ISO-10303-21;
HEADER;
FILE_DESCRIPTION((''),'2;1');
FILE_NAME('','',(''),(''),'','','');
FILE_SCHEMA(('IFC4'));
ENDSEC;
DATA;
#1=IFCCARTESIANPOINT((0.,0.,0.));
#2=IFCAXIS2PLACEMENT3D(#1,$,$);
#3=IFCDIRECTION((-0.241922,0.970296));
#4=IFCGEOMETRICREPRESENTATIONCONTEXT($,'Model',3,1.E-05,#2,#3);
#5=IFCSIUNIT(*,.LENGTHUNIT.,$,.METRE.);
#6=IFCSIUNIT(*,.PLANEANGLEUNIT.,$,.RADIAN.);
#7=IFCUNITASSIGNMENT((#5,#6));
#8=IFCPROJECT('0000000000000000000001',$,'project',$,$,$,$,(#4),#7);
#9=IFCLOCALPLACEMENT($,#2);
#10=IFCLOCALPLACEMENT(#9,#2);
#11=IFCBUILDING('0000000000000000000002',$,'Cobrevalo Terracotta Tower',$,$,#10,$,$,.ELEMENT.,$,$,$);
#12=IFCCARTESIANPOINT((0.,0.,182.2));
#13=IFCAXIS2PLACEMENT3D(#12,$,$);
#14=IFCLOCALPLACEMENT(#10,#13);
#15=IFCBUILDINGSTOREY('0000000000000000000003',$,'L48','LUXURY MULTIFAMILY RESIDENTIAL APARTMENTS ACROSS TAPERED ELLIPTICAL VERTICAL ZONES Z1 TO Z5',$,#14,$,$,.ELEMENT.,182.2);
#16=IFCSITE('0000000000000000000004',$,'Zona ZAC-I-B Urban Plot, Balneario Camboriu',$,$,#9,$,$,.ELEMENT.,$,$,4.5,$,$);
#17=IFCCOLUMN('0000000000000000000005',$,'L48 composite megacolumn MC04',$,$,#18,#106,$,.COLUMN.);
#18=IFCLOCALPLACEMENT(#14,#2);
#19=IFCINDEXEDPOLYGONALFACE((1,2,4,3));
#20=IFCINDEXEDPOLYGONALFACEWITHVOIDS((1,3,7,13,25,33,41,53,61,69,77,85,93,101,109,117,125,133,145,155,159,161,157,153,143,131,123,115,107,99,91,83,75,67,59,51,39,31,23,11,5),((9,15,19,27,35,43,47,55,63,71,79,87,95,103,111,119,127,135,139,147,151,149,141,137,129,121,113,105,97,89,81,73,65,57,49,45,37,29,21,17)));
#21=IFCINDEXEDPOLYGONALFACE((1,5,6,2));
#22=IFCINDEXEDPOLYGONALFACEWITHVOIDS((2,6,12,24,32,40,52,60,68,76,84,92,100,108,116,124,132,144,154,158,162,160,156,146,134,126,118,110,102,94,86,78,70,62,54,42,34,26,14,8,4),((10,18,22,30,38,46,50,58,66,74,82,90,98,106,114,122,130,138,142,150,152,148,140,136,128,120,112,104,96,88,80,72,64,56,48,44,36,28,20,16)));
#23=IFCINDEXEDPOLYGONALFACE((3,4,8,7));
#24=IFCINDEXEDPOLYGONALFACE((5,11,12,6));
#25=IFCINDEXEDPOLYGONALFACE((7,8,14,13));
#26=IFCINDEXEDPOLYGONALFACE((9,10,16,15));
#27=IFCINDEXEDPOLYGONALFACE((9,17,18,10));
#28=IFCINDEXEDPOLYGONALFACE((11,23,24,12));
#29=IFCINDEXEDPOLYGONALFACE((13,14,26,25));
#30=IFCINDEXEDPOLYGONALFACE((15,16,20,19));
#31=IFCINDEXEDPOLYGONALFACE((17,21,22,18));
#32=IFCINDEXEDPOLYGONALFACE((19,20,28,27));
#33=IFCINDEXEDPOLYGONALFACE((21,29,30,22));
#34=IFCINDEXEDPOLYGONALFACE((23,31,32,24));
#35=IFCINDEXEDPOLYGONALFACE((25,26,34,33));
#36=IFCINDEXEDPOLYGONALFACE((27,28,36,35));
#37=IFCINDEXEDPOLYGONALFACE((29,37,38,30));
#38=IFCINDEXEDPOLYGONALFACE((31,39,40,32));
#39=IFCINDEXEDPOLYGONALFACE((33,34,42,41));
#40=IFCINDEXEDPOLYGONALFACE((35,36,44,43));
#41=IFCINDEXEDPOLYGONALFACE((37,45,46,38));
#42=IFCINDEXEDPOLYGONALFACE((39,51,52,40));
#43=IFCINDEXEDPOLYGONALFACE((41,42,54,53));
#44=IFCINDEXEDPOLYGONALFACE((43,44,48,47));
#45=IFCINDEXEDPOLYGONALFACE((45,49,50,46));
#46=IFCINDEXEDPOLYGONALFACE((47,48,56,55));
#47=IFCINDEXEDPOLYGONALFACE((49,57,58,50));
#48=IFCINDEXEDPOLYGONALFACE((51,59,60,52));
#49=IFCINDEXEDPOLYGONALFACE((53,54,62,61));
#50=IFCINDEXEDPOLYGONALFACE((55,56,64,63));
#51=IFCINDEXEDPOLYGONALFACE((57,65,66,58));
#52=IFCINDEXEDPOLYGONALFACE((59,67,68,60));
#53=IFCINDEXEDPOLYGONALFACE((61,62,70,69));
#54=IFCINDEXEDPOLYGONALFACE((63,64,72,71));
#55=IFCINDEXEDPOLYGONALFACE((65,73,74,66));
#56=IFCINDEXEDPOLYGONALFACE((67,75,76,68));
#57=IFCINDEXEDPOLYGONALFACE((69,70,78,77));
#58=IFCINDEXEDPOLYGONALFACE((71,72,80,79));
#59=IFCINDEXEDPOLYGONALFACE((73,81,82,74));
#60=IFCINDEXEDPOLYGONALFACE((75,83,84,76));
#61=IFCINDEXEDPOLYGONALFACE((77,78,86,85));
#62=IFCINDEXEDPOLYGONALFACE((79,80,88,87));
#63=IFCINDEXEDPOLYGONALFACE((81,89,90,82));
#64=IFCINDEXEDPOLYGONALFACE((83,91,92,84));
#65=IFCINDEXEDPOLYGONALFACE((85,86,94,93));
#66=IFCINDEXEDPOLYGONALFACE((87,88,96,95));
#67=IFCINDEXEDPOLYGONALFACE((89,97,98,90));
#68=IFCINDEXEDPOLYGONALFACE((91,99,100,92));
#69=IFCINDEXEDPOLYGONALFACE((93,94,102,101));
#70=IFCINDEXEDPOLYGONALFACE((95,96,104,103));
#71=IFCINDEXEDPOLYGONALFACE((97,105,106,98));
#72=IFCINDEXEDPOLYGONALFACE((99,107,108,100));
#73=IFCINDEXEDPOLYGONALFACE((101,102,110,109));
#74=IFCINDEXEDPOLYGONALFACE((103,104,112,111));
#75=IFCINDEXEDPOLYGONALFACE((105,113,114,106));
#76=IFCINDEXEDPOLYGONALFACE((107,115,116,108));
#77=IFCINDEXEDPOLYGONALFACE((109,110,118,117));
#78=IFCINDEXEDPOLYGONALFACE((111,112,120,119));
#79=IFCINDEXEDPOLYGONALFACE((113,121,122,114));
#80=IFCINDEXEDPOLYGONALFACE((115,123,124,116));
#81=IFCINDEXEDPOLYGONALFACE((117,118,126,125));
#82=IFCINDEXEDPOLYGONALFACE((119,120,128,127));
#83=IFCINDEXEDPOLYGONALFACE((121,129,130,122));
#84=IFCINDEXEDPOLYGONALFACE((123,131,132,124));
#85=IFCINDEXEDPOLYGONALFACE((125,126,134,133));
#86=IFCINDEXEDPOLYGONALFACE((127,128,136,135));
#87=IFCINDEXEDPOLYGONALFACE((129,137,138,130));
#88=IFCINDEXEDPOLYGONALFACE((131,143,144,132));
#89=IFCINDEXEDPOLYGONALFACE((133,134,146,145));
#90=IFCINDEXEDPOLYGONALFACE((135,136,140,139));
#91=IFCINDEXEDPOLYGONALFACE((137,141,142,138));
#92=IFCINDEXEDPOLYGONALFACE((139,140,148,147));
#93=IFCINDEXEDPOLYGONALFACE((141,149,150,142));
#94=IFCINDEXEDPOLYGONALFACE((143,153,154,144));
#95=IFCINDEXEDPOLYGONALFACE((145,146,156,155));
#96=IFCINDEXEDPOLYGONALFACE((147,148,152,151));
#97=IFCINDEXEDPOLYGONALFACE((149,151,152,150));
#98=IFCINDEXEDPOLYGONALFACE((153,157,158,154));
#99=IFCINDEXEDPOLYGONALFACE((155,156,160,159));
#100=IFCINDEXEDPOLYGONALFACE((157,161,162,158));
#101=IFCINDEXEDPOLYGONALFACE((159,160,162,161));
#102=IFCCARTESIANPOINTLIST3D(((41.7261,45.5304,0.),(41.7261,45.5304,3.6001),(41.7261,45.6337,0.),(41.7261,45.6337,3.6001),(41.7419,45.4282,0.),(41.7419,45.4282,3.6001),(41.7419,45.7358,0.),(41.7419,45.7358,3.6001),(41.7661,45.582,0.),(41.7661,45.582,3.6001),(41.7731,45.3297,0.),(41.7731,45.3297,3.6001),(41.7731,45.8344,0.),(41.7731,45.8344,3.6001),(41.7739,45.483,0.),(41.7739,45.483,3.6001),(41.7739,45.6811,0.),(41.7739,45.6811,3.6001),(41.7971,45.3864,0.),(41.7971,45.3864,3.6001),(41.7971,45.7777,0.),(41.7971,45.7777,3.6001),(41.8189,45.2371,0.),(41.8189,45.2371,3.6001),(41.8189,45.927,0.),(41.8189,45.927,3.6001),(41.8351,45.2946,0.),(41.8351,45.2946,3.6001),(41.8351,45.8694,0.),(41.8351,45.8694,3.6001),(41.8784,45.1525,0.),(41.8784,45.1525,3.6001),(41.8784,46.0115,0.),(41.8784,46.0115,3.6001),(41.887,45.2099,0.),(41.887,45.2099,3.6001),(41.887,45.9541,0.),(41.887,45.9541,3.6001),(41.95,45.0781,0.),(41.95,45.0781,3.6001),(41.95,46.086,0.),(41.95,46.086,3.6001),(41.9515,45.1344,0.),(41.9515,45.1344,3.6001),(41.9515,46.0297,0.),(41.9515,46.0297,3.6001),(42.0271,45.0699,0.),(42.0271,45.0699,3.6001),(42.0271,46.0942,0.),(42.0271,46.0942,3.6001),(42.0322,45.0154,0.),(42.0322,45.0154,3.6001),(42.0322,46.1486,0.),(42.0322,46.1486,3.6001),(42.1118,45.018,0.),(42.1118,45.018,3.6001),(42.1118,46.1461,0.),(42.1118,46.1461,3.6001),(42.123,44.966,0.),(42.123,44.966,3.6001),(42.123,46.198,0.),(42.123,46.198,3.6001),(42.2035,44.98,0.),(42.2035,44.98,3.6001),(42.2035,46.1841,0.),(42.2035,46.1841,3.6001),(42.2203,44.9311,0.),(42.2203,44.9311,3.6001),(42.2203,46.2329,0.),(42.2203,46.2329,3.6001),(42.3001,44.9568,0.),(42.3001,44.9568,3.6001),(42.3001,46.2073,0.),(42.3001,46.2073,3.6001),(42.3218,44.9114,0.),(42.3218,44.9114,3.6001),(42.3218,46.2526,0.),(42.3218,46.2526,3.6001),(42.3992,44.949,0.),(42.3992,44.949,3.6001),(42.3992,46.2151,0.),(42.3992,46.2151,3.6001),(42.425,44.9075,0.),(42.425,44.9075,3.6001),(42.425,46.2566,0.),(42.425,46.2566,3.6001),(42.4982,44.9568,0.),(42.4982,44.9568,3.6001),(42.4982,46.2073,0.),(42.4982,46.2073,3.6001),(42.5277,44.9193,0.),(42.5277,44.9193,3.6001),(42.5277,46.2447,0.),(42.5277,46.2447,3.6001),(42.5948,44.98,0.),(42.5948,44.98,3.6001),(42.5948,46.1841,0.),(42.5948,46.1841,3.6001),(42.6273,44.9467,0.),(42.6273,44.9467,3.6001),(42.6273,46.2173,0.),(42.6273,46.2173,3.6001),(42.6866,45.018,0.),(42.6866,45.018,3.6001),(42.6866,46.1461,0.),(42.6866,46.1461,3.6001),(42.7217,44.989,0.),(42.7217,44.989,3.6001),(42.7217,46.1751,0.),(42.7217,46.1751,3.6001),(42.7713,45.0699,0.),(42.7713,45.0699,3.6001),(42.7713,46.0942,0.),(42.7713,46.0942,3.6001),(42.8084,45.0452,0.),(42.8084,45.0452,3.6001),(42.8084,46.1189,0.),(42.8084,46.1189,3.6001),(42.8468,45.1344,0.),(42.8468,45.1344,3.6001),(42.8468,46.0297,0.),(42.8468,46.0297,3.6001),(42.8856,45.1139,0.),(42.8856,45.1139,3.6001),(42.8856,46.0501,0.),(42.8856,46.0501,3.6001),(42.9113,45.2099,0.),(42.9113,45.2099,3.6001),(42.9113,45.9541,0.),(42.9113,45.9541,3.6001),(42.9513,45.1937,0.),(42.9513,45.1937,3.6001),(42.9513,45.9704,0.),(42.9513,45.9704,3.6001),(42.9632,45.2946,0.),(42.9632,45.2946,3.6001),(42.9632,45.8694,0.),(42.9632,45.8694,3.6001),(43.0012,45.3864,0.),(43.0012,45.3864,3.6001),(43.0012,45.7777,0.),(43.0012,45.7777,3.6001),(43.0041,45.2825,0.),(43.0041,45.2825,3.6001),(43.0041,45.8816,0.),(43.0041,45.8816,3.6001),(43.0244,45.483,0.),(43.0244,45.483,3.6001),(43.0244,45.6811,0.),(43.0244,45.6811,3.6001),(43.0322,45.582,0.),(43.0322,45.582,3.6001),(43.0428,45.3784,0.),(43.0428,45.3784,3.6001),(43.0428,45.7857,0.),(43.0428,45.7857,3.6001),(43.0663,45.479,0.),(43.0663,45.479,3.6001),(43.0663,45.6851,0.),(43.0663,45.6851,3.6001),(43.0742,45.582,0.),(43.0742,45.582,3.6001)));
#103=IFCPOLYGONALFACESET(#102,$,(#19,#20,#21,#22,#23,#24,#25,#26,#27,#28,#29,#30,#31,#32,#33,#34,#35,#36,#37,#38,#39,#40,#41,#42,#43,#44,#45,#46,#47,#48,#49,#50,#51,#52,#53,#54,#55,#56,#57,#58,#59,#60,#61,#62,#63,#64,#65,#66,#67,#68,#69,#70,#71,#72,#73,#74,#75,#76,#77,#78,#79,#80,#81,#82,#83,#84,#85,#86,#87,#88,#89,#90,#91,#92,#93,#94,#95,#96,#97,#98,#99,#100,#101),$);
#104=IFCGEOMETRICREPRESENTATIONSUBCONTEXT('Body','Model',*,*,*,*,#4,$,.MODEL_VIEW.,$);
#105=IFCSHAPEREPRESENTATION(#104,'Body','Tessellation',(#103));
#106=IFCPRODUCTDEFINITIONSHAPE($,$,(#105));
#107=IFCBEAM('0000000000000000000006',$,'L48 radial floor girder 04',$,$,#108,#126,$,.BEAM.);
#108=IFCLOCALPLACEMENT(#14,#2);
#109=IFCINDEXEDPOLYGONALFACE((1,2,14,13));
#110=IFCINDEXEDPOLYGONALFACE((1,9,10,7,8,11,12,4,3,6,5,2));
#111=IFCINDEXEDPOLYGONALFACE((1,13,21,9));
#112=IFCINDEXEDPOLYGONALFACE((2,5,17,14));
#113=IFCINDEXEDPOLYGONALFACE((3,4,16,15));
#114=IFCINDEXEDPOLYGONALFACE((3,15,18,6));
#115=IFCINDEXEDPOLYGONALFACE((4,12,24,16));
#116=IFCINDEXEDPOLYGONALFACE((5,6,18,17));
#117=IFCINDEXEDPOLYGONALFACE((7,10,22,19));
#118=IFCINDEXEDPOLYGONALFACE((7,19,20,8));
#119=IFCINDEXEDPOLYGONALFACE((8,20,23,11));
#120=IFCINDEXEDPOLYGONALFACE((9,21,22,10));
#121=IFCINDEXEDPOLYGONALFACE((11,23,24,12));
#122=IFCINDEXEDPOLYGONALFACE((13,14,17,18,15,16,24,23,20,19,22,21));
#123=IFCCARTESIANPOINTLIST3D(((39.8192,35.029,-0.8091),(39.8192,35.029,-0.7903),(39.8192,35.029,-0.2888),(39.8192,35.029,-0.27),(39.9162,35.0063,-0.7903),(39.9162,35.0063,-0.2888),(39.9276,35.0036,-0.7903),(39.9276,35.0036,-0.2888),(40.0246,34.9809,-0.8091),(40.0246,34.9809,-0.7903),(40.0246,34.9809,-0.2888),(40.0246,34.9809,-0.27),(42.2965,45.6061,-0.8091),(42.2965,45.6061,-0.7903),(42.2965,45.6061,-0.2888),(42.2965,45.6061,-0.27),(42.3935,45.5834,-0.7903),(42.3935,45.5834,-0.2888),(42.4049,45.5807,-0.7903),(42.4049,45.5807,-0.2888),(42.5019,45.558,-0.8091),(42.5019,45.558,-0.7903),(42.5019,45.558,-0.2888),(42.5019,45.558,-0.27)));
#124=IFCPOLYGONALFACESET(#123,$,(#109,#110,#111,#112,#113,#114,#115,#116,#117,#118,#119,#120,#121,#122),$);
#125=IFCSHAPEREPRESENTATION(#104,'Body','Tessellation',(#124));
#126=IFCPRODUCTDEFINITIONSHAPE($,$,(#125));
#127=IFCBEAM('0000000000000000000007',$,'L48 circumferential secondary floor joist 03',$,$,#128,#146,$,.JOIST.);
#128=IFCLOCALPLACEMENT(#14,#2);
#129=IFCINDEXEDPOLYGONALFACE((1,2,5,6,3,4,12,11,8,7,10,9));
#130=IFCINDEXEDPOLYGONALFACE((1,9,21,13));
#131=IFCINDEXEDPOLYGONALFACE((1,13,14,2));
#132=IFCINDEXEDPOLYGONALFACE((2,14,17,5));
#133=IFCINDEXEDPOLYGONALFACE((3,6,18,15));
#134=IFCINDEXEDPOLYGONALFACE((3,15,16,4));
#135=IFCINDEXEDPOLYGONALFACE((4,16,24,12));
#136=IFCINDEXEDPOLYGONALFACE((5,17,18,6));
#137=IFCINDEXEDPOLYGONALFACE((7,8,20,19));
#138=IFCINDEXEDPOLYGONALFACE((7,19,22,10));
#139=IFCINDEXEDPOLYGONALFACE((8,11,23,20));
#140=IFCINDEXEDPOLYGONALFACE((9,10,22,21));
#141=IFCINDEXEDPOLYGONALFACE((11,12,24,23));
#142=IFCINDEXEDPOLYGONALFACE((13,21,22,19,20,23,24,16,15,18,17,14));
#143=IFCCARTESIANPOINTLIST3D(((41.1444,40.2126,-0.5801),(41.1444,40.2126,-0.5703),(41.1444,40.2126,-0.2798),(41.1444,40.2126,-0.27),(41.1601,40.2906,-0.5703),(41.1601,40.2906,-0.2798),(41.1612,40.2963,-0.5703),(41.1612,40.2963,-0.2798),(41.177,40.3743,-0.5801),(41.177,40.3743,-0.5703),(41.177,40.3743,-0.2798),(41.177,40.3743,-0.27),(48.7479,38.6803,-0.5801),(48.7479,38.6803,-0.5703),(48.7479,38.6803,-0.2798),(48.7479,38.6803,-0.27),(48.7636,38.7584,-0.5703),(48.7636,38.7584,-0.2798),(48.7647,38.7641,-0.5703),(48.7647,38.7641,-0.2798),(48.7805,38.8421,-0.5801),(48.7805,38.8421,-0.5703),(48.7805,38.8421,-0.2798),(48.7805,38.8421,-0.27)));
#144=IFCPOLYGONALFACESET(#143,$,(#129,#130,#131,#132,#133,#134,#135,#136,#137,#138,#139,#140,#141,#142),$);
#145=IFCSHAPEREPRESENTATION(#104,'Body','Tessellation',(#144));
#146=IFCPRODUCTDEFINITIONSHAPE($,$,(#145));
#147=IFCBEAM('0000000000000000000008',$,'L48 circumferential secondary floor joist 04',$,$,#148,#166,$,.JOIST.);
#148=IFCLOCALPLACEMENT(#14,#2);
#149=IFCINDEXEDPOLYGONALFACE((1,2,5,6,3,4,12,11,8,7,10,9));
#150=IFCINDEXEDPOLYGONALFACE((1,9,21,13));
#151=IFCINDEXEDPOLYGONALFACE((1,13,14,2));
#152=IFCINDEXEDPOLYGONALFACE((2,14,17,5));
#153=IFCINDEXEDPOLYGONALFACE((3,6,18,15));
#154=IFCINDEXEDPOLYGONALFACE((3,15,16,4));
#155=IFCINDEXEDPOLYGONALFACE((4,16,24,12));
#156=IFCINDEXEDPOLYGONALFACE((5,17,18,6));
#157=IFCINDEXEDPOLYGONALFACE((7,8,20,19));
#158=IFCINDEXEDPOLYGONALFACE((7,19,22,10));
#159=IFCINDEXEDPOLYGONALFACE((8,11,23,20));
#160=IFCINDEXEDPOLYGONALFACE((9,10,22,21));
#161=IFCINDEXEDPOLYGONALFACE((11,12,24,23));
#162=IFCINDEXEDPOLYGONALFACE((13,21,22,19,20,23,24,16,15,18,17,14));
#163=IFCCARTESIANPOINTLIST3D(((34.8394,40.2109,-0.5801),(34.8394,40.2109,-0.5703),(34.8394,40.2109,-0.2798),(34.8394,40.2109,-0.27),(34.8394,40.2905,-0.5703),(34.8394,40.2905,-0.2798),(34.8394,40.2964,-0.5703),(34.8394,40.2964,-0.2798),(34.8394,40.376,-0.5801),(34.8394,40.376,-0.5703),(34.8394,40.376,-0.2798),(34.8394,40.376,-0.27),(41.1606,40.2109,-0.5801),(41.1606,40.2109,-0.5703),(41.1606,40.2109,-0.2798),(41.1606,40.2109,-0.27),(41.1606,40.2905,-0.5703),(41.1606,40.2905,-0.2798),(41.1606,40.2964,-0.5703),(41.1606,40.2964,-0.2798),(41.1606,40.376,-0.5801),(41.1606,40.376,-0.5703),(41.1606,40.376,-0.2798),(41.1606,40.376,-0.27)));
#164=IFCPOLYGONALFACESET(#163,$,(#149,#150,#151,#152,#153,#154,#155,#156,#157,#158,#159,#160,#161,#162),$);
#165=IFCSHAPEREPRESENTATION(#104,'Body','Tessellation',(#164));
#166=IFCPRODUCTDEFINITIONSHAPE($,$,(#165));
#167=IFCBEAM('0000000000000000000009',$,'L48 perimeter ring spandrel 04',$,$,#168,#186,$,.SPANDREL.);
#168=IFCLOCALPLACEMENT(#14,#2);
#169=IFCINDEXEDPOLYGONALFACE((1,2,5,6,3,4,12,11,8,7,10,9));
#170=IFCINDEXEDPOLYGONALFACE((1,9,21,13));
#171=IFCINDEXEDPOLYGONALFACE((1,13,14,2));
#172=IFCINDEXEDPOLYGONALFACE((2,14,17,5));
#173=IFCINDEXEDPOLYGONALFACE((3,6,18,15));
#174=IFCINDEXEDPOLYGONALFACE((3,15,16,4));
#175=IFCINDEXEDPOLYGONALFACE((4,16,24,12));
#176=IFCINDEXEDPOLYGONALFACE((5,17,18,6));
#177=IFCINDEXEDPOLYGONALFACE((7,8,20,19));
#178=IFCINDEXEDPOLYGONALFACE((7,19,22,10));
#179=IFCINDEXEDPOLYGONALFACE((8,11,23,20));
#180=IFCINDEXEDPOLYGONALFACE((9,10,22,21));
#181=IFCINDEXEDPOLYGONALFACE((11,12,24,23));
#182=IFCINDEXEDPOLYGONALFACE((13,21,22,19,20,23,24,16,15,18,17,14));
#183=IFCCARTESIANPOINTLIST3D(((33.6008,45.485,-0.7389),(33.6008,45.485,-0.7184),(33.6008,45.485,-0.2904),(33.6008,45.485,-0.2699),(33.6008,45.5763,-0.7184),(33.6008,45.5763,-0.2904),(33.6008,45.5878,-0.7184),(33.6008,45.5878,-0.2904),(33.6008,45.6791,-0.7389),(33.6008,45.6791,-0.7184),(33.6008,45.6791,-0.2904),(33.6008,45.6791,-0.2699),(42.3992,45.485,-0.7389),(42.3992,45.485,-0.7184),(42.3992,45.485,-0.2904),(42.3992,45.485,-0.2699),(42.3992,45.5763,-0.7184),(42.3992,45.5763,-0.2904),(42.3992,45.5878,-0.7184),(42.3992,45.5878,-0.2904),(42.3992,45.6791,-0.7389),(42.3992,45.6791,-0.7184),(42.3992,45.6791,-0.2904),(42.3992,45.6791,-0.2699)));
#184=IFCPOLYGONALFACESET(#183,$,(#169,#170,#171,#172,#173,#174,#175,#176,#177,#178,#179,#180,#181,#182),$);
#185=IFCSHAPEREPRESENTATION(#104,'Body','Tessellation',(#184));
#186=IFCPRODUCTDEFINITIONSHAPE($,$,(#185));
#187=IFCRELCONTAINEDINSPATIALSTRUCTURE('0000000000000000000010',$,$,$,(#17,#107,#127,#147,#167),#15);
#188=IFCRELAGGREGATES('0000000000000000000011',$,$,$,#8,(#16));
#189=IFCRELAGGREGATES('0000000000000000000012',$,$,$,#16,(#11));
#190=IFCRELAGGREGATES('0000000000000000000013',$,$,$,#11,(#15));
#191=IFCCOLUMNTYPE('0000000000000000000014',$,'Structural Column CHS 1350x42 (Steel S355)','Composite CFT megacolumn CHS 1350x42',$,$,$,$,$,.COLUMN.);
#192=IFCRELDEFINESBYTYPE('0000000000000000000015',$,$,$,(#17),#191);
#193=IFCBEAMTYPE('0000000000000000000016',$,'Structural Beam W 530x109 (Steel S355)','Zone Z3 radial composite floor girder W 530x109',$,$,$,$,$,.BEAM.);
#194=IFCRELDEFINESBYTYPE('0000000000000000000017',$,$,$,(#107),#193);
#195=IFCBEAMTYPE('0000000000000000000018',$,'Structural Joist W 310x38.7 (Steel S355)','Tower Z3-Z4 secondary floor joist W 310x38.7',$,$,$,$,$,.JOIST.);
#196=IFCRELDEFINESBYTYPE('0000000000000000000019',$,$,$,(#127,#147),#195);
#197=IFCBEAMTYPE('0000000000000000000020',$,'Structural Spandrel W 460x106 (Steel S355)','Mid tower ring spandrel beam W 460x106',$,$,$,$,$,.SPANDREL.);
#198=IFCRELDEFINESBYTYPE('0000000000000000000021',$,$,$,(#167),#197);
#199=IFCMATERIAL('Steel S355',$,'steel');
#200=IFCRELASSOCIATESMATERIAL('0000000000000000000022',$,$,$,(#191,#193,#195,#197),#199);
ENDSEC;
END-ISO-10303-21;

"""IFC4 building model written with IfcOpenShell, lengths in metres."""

from ifc_helpers import new_model, si_unit, direction, frame, origin, origin_2d, place, context, subcontext, project, spatial, hollow_circle, i_section, extrude, material, material_profile, profile_set, type_object, element, save


model = new_model("IFC4")

# Units and contexts
model_context = context("Model", 3, precision=1e-05, world=origin(), true_north=direction((-0.241922, 0.970296)))
body_context = subcontext(model_context, "Body", "Model", "MODEL_VIEW")
ifc_project = project(units=[si_unit("LENGTHUNIT", "METRE"), si_unit("PLANEANGLEUNIT", "RADIAN")], contexts=[model_context])

# Site, building, storey
site_placement = place(None, origin())
site = spatial("IfcSite", under=ifc_project, at=site_placement, Name="Zona ZAC-I-B Urban Plot, Balneario Camboriu", CompositionType="ELEMENT", RefElevation=4.5)
building_placement = place(site_placement, origin())
building = spatial("IfcBuilding", under=site, at=building_placement, Name="Cobrevalo Terracotta Tower", CompositionType="ELEMENT")
storey_placement = place(building_placement, frame((0.0, 0.0, 182.2)))
storey = spatial("IfcBuildingStorey", under=building, at=storey_placement, Name="L48", Description="LUXURY MULTIFAMILY RESIDENTIAL APARTMENTS ACROSS TAPERED ELLIPTICAL VERTICAL ZONES Z1 TO Z5", CompositionType="ELEMENT", Elevation=182.2)

# Column
ifc_material_1 = material(Name="Steel S355", Category="steel")
ifc_material_profile_1 = material_profile(ifc_material_1, hollow_circle(Radius=0.675, WallThickness=0.042, at=origin_2d()), Name="CHS 1350x42")
ifc_profile_set_1 = profile_set([ifc_material_profile_1], Name="Steel S355")
column_type = type_object("IfcColumnType", Name="Structural Column CHS 1350x42 (Steel S355)", Description="Composite CFT megacolumn CHS 1350x42", PredefinedType="COLUMN", material=ifc_profile_set_1)
column_placement = place(storey_placement, frame((42.3992, 45.582, 0.0), z_axis=(0.0, 0.0, 1.0), x_axis=(1.0, 0.0, 0.0)))
element("IfcColumn", 1, at=column_placement, inside=storey, type_object=column_type, Name="L48 composite megacolumn MC04", PredefinedType="COLUMN", context=body_context, shape_type="SweptSolid", body=[
    extrude(hollow_circle(Radius=0.675, WallThickness=0.042, at=origin_2d()), origin(), (0.0, 0.0, 1.0), 3.6001),
])

# Beams
ifc_material_profile_2 = material_profile(ifc_material_1, i_section(OverallWidth=0.2109, OverallDepth=0.5391, WebThickness=0.0117, FlangeThickness=0.0188, at=origin_2d()), Name="W 530x109")
ifc_profile_set_2 = profile_set([ifc_material_profile_2], Name="Steel S355")
beam_type_1 = type_object("IfcBeamType", Name="Structural Beam W 530x109 (Steel S355)", Description="Zone Z3 radial composite floor girder W 530x109", PredefinedType="BEAM", material=ifc_profile_set_2)
beam_1_placement = place(storey_placement, frame((42.3992, 45.582, -0.5396), z_axis=(-0.228041, -0.973652, 0.0), x_axis=(0.973652, -0.228041, 0.0)))
element("IfcBeam", 2, at=beam_1_placement, inside=storey, type_object=beam_type_1, Name="L48 radial floor girder 04", PredefinedType="BEAM", context=body_context, shape_type="SweptSolid", body=[
    extrude(i_section(OverallWidth=0.2109, OverallDepth=0.5391, WebThickness=0.0117, FlangeThickness=0.0188, at=origin_2d()), origin(), (0.0, 0.0, 1.0), 10.8633),
])
ifc_material_profile_3 = material_profile(ifc_material_1, i_section(OverallWidth=0.165, OverallDepth=0.3101, WebThickness=0.0059, FlangeThickness=0.0098, at=origin_2d()), Name="W 310x38.7")
ifc_profile_set_3 = profile_set([ifc_material_profile_3], Name="Steel S355")
beam_type_2 = type_object("IfcBeamType", Name="Structural Joist W 310x38.7 (Steel S355)", Description="Tower Z3-Z4 secondary floor joist W 310x38.7", PredefinedType="JOIST", material=ifc_profile_set_3)
beam_2_placement = place(storey_placement, frame((48.7642, 38.7612, -0.425), z_axis=(-0.980294, 0.197544, 0.0), x_axis=(-0.197544, -0.980294, 0.0)))
element("IfcBeam", 3, at=beam_2_placement, inside=storey, type_object=beam_type_2, Name="L48 circumferential secondary floor joist 03", PredefinedType="JOIST", context=body_context, shape_type="SweptSolid", body=[
    extrude(i_section(OverallWidth=0.165, OverallDepth=0.3101, WebThickness=0.0059, FlangeThickness=0.0098, at=origin_2d()), origin(), (0.0, 0.0, 1.0), 7.7563),
])
beam_3_placement = place(storey_placement, frame((41.1606, 40.2935, -0.425), z_axis=(-1.0, 0.0, 0.0), x_axis=(0.0, -1.0, 0.0)))
element("IfcBeam", 4, at=beam_3_placement, inside=storey, type_object=beam_type_2, Name="L48 circumferential secondary floor joist 04", PredefinedType="JOIST", context=body_context, shape_type="SweptSolid", body=[
    extrude(i_section(OverallWidth=0.165, OverallDepth=0.3101, WebThickness=0.0059, FlangeThickness=0.0098, at=origin_2d()), origin(), (0.0, 0.0, 1.0), 6.3213),
])
ifc_material_profile_4 = material_profile(ifc_material_1, i_section(OverallWidth=0.1941, OverallDepth=0.469, WebThickness=0.0115, FlangeThickness=0.0205, at=origin_2d()), Name="W 460x106")
ifc_profile_set_4 = profile_set([ifc_material_profile_4], Name="Steel S355")
beam_type_3 = type_object("IfcBeamType", Name="Structural Spandrel W 460x106 (Steel S355)", Description="Mid tower ring spandrel beam W 460x106", PredefinedType="SPANDREL", material=ifc_profile_set_4)
beam_4_placement = place(storey_placement, frame((42.3992, 45.582, -0.5044), z_axis=(-1.0, 0.0, 0.0), x_axis=(0.0, -1.0, 0.0)))
element("IfcBeam", 5, at=beam_4_placement, inside=storey, type_object=beam_type_3, Name="L48 perimeter ring spandrel 04", PredefinedType="SPANDREL", context=body_context, shape_type="SweptSolid", body=[
    extrude(i_section(OverallWidth=0.1941, OverallDepth=0.469, WebThickness=0.0115, FlangeThickness=0.0205, at=origin_2d()), origin(), (0.0, 0.0, 1.0), 8.7983),
])

save(model, "model.ifc")
